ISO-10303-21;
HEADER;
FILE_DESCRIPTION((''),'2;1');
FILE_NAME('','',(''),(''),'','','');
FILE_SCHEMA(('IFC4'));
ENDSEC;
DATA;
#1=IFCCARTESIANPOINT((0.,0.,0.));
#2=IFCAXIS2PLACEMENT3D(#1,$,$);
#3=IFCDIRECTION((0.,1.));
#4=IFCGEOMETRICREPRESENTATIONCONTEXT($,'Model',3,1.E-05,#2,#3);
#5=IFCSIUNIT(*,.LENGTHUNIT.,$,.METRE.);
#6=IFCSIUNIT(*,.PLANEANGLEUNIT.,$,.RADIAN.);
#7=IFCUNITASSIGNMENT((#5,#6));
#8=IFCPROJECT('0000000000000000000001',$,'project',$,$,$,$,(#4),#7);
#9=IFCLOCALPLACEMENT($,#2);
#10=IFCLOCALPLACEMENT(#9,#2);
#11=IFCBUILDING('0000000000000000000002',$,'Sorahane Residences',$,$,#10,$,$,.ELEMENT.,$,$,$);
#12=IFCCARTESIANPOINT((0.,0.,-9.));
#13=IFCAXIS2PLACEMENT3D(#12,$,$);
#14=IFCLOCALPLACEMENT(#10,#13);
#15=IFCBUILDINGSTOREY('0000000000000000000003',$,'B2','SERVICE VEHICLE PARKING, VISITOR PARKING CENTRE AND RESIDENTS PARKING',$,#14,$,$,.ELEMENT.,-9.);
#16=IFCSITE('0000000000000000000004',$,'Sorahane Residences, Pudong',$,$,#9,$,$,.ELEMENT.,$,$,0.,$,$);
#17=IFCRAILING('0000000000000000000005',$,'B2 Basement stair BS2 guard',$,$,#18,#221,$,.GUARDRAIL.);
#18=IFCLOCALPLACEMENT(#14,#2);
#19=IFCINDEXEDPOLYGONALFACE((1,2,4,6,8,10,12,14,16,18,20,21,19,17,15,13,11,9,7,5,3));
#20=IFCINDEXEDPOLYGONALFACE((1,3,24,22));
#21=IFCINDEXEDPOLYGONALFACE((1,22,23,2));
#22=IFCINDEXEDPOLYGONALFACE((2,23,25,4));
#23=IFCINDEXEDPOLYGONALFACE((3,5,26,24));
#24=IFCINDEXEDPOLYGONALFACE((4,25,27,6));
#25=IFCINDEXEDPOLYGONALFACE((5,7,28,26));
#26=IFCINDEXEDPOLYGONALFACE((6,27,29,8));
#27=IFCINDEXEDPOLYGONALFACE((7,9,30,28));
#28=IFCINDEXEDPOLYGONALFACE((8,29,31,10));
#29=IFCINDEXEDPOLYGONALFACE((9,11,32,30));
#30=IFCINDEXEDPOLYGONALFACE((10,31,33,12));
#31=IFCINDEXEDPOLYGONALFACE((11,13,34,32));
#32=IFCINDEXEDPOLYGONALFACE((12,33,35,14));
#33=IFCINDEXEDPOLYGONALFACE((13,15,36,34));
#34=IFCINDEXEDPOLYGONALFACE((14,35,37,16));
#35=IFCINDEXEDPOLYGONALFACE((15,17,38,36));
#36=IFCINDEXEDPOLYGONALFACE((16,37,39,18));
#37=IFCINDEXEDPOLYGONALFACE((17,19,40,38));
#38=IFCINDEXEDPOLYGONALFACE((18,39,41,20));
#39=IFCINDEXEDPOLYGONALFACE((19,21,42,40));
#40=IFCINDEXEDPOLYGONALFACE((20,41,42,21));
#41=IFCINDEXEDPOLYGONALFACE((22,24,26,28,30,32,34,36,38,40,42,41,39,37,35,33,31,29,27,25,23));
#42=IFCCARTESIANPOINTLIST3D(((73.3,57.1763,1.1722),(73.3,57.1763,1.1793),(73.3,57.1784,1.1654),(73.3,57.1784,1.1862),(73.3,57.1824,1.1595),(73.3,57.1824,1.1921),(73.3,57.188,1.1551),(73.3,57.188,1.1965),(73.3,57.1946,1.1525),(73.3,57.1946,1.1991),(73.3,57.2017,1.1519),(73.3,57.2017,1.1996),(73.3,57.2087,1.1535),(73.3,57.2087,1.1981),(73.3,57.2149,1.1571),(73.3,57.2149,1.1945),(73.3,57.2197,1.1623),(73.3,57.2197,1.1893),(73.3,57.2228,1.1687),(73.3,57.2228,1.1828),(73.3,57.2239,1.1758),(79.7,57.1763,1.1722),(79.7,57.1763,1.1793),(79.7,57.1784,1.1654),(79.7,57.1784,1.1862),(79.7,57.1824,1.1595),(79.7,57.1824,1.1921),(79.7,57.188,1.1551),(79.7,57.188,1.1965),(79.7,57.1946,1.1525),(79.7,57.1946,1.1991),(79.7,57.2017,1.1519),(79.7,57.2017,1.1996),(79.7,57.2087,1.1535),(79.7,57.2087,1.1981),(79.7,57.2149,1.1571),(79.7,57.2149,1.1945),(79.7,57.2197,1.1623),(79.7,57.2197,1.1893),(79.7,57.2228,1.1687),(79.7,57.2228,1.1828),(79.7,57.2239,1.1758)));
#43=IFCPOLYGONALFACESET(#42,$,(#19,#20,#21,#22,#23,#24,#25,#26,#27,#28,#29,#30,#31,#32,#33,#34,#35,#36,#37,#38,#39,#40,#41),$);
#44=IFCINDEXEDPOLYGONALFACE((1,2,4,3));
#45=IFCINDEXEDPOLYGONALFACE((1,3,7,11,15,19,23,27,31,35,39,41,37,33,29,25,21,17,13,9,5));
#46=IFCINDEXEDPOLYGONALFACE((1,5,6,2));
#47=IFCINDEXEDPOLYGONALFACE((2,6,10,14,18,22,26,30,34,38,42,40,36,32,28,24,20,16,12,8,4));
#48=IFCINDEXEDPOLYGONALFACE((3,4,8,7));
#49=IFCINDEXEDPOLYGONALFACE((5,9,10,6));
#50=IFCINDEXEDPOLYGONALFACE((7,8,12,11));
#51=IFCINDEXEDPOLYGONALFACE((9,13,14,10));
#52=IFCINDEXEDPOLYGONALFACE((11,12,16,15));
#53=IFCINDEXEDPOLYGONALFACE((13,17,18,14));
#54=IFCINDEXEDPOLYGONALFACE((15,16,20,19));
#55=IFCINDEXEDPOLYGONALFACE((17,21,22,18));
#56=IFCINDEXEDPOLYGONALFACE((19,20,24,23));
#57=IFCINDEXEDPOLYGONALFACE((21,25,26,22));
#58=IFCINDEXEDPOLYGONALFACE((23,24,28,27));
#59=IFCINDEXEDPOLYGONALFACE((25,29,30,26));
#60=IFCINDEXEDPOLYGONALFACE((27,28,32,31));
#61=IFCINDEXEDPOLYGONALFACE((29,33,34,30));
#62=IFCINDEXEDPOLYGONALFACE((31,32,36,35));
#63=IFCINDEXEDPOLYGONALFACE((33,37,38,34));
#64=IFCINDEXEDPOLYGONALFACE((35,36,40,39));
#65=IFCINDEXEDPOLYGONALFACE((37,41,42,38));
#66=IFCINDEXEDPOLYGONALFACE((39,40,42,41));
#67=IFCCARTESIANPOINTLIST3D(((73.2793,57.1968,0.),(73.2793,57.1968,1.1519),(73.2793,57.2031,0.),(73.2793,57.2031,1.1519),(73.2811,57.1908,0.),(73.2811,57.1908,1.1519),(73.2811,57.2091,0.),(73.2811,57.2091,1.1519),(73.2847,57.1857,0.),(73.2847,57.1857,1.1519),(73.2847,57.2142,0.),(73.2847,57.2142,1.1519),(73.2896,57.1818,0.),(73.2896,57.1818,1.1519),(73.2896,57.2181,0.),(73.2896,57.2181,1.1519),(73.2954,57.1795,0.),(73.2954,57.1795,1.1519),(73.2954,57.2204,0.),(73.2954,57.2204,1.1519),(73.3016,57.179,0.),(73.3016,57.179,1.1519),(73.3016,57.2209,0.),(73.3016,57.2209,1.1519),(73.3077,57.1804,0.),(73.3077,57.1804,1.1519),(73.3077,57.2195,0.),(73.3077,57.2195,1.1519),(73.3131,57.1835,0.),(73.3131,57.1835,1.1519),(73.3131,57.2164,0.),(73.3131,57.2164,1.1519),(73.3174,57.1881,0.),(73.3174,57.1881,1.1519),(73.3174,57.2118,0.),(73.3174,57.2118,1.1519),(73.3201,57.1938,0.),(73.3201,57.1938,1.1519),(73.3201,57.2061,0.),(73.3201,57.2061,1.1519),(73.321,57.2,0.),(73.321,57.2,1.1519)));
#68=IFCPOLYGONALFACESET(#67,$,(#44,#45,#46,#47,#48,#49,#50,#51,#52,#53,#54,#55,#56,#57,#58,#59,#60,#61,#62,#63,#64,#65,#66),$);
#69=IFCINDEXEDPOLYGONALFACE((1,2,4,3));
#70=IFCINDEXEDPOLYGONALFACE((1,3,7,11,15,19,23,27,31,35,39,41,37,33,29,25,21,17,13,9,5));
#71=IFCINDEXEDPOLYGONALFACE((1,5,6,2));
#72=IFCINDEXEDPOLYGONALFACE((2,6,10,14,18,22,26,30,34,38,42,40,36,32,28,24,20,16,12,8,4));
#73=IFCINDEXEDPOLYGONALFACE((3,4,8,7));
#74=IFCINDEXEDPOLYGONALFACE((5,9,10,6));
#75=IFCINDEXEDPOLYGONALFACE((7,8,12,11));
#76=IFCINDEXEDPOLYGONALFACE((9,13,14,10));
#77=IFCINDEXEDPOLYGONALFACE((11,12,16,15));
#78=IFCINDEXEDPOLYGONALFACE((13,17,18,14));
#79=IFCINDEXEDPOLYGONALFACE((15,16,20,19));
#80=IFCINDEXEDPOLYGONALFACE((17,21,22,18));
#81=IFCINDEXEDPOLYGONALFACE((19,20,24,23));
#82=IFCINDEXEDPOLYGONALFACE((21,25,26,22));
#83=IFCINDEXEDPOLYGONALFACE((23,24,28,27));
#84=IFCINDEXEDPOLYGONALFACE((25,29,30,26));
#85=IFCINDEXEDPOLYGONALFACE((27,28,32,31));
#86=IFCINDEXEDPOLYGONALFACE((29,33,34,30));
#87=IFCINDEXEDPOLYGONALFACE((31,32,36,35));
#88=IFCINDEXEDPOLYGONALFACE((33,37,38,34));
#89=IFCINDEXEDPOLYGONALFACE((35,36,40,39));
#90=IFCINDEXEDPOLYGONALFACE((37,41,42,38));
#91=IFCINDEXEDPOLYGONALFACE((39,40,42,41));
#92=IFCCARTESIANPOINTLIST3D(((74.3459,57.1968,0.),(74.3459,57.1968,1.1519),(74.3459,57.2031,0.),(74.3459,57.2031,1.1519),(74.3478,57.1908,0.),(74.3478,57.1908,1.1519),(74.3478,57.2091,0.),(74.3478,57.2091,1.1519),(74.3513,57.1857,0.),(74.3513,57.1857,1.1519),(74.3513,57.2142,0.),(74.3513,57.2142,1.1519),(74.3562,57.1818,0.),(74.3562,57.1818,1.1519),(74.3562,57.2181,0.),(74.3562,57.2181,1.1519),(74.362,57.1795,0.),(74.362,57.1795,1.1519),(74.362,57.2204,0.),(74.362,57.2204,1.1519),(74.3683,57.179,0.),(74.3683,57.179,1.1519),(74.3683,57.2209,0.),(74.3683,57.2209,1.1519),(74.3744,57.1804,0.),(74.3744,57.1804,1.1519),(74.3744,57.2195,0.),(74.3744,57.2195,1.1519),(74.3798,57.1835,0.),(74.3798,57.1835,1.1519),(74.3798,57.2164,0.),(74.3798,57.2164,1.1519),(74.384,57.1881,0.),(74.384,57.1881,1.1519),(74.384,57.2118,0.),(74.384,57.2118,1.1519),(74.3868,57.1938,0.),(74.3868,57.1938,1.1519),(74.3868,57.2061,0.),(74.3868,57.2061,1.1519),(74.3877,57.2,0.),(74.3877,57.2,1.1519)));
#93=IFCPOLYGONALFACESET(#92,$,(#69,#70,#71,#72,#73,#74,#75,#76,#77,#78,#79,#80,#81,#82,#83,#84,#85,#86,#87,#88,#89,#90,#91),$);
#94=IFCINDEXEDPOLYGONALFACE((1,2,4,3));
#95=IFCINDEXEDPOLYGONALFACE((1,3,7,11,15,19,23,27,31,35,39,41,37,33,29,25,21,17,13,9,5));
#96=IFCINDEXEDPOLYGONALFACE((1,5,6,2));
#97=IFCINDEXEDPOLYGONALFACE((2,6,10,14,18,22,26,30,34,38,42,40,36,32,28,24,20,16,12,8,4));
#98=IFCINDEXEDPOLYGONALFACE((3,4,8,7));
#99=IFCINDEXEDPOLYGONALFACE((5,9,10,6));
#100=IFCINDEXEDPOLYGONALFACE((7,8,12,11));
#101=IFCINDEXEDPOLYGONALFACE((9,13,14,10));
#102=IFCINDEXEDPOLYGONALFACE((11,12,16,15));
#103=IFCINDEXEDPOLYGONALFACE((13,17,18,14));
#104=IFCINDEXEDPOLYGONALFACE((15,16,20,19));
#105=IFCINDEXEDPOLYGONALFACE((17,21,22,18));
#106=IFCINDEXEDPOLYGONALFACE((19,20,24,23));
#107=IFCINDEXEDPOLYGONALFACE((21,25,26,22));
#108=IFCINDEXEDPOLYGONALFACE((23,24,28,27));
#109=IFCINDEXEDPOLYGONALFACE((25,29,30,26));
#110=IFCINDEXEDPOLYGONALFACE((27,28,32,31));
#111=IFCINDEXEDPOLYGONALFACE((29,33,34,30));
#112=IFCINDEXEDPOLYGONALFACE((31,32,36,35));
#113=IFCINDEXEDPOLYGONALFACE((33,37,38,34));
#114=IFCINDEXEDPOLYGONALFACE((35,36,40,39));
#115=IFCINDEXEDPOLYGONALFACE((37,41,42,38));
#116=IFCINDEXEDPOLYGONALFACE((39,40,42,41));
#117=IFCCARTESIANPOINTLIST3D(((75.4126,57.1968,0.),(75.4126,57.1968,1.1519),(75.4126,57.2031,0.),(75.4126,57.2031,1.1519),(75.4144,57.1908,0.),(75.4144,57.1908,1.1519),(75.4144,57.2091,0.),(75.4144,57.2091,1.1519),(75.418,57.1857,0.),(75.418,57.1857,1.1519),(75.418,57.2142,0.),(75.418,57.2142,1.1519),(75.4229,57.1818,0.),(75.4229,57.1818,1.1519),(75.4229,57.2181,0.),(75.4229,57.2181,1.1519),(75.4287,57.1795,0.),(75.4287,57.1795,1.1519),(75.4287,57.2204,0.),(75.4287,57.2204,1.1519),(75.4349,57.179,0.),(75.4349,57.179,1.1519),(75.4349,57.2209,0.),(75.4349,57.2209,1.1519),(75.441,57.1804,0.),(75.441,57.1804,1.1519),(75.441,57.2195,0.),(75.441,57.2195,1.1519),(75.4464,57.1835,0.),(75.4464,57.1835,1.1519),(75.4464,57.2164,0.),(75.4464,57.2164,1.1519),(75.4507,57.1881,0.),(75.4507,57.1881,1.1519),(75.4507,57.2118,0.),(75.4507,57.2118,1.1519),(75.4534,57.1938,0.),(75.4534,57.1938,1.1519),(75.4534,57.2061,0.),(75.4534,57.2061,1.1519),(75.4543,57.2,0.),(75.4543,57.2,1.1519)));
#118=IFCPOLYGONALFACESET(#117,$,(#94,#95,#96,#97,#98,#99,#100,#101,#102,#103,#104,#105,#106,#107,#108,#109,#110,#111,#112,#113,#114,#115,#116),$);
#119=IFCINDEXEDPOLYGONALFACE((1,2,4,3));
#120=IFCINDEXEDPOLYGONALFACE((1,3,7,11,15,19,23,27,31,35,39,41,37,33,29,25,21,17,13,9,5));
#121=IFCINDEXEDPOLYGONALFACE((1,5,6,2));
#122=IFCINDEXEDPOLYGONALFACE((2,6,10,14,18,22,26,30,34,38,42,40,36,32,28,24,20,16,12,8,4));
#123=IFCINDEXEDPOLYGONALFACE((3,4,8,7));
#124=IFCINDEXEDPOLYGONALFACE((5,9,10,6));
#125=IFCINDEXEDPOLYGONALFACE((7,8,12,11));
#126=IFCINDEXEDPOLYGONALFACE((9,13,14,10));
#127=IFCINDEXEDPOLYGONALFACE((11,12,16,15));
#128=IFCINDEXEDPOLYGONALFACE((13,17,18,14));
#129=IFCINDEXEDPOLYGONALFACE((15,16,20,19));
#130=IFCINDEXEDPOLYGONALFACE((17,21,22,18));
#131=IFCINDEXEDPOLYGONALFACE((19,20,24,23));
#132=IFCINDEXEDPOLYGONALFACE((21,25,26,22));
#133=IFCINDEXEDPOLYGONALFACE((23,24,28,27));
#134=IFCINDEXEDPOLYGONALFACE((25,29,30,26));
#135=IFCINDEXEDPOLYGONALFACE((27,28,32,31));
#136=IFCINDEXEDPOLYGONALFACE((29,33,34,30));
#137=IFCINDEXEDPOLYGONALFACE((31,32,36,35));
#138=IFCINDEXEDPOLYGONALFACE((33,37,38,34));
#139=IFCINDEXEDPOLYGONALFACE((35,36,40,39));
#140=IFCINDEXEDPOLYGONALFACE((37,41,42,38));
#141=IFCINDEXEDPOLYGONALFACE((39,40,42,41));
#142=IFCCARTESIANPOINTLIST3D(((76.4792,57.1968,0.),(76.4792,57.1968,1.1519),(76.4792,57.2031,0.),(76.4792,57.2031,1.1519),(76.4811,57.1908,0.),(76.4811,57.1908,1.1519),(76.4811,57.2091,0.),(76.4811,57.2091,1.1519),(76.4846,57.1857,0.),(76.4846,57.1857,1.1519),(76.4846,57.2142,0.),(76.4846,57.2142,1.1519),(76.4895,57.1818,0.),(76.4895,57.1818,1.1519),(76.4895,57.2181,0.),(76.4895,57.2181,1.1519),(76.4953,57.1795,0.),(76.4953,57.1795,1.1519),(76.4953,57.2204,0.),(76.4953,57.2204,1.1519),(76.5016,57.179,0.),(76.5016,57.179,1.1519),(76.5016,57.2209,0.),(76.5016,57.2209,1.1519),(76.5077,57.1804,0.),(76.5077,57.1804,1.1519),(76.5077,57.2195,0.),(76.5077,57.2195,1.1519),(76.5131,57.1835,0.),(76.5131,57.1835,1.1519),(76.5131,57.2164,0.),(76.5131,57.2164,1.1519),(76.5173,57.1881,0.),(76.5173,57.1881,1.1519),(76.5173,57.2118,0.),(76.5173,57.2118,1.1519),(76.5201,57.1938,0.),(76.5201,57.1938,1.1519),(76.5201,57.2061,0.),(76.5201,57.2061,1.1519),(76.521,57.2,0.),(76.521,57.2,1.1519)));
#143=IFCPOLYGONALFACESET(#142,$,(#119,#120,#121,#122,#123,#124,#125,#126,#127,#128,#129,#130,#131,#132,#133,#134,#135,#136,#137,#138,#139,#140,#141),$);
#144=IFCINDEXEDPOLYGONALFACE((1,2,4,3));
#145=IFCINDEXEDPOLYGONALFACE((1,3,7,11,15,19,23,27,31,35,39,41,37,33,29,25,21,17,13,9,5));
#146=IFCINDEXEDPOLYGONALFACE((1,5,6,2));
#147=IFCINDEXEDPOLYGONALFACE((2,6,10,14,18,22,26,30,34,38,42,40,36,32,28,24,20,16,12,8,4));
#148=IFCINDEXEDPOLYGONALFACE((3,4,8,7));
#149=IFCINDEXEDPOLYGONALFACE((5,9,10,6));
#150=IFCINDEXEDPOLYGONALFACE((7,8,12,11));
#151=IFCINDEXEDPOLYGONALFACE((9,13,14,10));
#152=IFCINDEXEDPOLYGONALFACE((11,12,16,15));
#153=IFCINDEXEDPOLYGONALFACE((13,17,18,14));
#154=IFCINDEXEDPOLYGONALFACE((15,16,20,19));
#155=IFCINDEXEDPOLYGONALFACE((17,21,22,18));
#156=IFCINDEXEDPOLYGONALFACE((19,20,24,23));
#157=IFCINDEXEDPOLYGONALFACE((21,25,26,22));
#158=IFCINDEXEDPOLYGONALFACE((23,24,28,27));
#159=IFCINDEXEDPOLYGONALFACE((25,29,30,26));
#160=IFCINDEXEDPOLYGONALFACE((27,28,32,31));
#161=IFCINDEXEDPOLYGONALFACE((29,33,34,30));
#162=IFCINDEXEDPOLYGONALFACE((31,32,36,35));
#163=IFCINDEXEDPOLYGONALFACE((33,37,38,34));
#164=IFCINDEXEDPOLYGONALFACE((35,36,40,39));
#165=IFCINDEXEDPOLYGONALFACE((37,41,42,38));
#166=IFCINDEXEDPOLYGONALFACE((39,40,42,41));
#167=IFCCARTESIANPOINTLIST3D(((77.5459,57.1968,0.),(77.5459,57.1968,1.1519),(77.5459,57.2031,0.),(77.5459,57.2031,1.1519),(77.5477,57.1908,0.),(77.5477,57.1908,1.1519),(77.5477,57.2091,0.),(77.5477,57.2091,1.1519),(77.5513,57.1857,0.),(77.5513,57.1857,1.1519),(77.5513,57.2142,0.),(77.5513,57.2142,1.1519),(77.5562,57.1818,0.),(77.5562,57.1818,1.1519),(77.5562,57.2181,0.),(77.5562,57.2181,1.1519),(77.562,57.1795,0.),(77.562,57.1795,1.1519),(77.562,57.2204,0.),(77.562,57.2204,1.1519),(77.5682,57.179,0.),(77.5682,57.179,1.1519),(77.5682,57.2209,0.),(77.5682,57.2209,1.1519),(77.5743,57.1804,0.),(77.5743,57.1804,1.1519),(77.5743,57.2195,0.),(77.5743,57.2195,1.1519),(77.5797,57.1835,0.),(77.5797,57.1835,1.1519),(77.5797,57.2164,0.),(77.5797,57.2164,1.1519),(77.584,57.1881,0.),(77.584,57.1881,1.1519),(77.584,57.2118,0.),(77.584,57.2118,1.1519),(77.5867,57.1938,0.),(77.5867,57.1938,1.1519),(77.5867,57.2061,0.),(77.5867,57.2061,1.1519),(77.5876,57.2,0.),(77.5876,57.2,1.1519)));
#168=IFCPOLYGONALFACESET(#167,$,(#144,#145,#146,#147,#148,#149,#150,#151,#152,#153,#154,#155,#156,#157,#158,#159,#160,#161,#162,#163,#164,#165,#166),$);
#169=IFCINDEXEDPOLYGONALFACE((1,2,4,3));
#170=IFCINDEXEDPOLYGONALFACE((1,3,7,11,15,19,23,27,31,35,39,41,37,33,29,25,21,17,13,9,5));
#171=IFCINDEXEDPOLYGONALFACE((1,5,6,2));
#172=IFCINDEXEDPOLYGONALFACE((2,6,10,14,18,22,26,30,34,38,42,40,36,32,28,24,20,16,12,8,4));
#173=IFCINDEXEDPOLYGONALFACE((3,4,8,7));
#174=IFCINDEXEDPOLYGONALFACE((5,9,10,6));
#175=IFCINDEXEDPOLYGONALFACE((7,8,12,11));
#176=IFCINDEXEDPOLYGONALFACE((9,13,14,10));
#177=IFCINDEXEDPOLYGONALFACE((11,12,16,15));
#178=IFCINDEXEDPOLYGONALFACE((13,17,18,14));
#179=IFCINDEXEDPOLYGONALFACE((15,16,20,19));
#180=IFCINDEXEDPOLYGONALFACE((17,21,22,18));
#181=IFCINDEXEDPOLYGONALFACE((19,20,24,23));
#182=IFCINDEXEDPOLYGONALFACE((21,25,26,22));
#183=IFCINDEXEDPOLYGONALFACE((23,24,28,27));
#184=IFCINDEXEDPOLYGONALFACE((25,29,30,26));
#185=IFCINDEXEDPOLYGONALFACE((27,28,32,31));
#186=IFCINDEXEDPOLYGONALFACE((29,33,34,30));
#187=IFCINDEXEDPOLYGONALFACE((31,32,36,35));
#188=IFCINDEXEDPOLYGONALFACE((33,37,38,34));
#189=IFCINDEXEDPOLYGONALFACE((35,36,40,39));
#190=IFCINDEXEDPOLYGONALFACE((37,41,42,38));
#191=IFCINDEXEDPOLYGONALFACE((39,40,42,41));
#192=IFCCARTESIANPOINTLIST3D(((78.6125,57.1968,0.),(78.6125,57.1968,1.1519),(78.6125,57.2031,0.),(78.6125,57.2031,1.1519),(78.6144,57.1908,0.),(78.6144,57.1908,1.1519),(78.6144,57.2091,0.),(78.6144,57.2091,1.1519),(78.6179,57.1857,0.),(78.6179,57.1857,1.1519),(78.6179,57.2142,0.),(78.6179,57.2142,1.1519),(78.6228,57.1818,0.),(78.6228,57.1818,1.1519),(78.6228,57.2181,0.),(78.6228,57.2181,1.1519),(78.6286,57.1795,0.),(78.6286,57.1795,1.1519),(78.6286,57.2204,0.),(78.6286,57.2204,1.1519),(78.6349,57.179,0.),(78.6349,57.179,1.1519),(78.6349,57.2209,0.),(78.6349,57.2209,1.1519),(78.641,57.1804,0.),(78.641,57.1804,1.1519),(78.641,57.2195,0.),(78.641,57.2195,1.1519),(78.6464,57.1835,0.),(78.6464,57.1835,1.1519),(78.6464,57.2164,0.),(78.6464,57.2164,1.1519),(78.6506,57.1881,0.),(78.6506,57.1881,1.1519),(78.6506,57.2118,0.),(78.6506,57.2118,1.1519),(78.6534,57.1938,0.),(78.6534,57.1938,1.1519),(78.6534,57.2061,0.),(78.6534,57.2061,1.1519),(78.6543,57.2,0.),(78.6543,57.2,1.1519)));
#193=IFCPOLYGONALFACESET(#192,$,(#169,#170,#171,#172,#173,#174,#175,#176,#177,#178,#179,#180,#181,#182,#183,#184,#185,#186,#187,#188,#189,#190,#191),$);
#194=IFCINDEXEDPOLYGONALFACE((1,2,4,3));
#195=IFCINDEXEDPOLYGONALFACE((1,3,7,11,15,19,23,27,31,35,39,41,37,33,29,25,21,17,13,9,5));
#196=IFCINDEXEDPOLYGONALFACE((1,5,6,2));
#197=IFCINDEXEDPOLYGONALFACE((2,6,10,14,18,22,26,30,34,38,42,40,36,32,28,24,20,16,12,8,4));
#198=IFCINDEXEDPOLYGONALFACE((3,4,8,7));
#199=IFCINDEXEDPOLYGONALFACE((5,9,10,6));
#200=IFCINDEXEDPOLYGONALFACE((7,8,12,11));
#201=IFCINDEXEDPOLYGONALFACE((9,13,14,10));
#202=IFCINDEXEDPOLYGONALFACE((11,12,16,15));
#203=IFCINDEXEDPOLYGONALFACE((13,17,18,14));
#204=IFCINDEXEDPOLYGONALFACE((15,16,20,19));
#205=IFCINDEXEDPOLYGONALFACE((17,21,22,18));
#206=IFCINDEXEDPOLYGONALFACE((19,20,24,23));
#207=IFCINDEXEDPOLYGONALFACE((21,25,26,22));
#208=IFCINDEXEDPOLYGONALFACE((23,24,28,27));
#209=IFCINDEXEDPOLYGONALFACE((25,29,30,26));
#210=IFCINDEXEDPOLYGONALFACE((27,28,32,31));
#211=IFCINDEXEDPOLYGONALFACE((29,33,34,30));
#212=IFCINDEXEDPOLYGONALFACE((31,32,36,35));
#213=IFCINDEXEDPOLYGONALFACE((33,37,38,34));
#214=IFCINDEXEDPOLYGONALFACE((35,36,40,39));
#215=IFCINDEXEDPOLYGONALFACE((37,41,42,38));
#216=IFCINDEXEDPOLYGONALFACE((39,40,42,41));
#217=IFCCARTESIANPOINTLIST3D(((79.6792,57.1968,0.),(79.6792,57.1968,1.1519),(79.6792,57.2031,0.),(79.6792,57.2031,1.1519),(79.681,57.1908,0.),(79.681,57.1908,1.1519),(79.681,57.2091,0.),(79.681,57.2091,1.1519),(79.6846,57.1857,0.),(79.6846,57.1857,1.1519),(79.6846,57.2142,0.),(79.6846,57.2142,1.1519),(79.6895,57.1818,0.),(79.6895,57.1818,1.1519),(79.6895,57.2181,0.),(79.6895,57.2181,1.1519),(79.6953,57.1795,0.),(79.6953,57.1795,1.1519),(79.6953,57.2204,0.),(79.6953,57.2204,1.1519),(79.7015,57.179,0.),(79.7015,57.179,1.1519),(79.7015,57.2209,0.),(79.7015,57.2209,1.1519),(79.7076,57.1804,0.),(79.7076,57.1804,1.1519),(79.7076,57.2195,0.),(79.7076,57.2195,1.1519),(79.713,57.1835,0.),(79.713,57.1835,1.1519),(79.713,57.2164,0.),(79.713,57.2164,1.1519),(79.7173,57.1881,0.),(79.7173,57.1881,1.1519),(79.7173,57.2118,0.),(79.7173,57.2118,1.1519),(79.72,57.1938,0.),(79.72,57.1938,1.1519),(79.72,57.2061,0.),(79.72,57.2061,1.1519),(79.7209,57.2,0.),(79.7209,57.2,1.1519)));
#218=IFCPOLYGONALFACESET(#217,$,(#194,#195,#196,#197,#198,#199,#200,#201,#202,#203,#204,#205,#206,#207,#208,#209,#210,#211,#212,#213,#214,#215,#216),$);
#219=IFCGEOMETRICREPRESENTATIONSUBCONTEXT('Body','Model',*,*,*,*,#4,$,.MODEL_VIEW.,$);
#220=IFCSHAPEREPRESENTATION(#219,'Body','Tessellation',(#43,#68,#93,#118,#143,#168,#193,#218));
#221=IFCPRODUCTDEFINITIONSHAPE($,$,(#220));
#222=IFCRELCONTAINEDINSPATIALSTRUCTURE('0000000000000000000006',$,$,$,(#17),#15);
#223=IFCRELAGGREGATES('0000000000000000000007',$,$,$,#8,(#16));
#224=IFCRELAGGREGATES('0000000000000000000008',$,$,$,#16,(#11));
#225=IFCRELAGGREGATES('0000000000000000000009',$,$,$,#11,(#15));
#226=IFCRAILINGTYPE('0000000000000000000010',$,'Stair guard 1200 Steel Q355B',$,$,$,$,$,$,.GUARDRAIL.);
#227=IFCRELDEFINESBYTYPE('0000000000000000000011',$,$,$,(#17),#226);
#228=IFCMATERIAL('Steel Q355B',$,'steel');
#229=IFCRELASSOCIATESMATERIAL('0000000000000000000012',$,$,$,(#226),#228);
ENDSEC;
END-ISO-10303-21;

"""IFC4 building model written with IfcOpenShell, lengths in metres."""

from ifc_helpers import new_model, si_unit, direction, frame, origin, origin_2d, place, context, subcontext, project, spatial, circle, extrude, material, type_object, element, save


model = new_model("IFC4")

# Units and contexts
model_context = context("Model", 3, precision=1e-05, world=origin(), true_north=direction((0.0, 1.0)))
body_context = subcontext(model_context, "Body", "Model", "MODEL_VIEW")
ifc_project = project(units=[si_unit("LENGTHUNIT", "METRE"), si_unit("PLANEANGLEUNIT", "RADIAN")], contexts=[model_context])

# Site, building, storey
site_placement = place(None, origin())
site = spatial("IfcSite", under=ifc_project, at=site_placement, Name="Sorahane Residences, Pudong", CompositionType="ELEMENT", RefElevation=0.0)
building_placement = place(site_placement, origin())
building = spatial("IfcBuilding", under=site, at=building_placement, Name="Sorahane Residences", CompositionType="ELEMENT")
storey_placement = place(building_placement, frame((0.0, 0.0, -9.0)))
storey = spatial("IfcBuildingStorey", under=building, at=storey_placement, Name="B2", Description="SERVICE VEHICLE PARKING, VISITOR PARKING CENTRE AND RESIDENTS PARKING", CompositionType="ELEMENT", Elevation=-9.0)

# Railing
ifc_material_1 = material(Name="Steel Q355B", Category="steel")
railing_type_1 = type_object("IfcRailingType", Name="Stair guard 1200 Steel Q355B", PredefinedType="GUARDRAIL", material=ifc_material_1)
railing_1_placement = place(storey_placement, frame((73.3, 57.2, 0.0)))
element("IfcRailing", 1, at=railing_1_placement, inside=storey, type_object=railing_type_1, Name="B2 Basement stair BS2 guard", PredefinedType="GUARDRAIL", context=body_context, shape_type="SweptSolid", body=[
    extrude(circle(Radius=0.0239, at=origin_2d()), frame((0.0, 0.0, 1.1758), z_axis=(1.0, 0.0, 0.0), x_axis=(0.0, 1.0, 0.0)), (0.0, 0.0, 1.0), 6.3999),
    extrude(circle(Radius=0.021, at=origin_2d()), origin(), (0.0, 0.0, 1.0), 1.1519),
    extrude(circle(Radius=0.021, at=origin_2d()), frame((1.0667, 0.0, 0.0)), (0.0, 0.0, 1.0), 1.1519),
    extrude(circle(Radius=0.021, at=origin_2d()), frame((2.1333, 0.0, 0.0)), (0.0, 0.0, 1.0), 1.1519),
    extrude(circle(Radius=0.021, at=origin_2d()), frame((3.2, 0.0, 0.0)), (0.0, 0.0, 1.0), 1.1519),
    extrude(circle(Radius=0.021, at=origin_2d()), frame((4.2666, 0.0, 0.0)), (0.0, 0.0, 1.0), 1.1519),
    extrude(circle(Radius=0.021, at=origin_2d()), frame((5.3333, 0.0, 0.0)), (0.0, 0.0, 1.0), 1.1519),
    extrude(circle(Radius=0.021, at=origin_2d()), frame((6.3999, 0.0, 0.0)), (0.0, 0.0, 1.0), 1.1519),
])

save(model, "model.ifc")
